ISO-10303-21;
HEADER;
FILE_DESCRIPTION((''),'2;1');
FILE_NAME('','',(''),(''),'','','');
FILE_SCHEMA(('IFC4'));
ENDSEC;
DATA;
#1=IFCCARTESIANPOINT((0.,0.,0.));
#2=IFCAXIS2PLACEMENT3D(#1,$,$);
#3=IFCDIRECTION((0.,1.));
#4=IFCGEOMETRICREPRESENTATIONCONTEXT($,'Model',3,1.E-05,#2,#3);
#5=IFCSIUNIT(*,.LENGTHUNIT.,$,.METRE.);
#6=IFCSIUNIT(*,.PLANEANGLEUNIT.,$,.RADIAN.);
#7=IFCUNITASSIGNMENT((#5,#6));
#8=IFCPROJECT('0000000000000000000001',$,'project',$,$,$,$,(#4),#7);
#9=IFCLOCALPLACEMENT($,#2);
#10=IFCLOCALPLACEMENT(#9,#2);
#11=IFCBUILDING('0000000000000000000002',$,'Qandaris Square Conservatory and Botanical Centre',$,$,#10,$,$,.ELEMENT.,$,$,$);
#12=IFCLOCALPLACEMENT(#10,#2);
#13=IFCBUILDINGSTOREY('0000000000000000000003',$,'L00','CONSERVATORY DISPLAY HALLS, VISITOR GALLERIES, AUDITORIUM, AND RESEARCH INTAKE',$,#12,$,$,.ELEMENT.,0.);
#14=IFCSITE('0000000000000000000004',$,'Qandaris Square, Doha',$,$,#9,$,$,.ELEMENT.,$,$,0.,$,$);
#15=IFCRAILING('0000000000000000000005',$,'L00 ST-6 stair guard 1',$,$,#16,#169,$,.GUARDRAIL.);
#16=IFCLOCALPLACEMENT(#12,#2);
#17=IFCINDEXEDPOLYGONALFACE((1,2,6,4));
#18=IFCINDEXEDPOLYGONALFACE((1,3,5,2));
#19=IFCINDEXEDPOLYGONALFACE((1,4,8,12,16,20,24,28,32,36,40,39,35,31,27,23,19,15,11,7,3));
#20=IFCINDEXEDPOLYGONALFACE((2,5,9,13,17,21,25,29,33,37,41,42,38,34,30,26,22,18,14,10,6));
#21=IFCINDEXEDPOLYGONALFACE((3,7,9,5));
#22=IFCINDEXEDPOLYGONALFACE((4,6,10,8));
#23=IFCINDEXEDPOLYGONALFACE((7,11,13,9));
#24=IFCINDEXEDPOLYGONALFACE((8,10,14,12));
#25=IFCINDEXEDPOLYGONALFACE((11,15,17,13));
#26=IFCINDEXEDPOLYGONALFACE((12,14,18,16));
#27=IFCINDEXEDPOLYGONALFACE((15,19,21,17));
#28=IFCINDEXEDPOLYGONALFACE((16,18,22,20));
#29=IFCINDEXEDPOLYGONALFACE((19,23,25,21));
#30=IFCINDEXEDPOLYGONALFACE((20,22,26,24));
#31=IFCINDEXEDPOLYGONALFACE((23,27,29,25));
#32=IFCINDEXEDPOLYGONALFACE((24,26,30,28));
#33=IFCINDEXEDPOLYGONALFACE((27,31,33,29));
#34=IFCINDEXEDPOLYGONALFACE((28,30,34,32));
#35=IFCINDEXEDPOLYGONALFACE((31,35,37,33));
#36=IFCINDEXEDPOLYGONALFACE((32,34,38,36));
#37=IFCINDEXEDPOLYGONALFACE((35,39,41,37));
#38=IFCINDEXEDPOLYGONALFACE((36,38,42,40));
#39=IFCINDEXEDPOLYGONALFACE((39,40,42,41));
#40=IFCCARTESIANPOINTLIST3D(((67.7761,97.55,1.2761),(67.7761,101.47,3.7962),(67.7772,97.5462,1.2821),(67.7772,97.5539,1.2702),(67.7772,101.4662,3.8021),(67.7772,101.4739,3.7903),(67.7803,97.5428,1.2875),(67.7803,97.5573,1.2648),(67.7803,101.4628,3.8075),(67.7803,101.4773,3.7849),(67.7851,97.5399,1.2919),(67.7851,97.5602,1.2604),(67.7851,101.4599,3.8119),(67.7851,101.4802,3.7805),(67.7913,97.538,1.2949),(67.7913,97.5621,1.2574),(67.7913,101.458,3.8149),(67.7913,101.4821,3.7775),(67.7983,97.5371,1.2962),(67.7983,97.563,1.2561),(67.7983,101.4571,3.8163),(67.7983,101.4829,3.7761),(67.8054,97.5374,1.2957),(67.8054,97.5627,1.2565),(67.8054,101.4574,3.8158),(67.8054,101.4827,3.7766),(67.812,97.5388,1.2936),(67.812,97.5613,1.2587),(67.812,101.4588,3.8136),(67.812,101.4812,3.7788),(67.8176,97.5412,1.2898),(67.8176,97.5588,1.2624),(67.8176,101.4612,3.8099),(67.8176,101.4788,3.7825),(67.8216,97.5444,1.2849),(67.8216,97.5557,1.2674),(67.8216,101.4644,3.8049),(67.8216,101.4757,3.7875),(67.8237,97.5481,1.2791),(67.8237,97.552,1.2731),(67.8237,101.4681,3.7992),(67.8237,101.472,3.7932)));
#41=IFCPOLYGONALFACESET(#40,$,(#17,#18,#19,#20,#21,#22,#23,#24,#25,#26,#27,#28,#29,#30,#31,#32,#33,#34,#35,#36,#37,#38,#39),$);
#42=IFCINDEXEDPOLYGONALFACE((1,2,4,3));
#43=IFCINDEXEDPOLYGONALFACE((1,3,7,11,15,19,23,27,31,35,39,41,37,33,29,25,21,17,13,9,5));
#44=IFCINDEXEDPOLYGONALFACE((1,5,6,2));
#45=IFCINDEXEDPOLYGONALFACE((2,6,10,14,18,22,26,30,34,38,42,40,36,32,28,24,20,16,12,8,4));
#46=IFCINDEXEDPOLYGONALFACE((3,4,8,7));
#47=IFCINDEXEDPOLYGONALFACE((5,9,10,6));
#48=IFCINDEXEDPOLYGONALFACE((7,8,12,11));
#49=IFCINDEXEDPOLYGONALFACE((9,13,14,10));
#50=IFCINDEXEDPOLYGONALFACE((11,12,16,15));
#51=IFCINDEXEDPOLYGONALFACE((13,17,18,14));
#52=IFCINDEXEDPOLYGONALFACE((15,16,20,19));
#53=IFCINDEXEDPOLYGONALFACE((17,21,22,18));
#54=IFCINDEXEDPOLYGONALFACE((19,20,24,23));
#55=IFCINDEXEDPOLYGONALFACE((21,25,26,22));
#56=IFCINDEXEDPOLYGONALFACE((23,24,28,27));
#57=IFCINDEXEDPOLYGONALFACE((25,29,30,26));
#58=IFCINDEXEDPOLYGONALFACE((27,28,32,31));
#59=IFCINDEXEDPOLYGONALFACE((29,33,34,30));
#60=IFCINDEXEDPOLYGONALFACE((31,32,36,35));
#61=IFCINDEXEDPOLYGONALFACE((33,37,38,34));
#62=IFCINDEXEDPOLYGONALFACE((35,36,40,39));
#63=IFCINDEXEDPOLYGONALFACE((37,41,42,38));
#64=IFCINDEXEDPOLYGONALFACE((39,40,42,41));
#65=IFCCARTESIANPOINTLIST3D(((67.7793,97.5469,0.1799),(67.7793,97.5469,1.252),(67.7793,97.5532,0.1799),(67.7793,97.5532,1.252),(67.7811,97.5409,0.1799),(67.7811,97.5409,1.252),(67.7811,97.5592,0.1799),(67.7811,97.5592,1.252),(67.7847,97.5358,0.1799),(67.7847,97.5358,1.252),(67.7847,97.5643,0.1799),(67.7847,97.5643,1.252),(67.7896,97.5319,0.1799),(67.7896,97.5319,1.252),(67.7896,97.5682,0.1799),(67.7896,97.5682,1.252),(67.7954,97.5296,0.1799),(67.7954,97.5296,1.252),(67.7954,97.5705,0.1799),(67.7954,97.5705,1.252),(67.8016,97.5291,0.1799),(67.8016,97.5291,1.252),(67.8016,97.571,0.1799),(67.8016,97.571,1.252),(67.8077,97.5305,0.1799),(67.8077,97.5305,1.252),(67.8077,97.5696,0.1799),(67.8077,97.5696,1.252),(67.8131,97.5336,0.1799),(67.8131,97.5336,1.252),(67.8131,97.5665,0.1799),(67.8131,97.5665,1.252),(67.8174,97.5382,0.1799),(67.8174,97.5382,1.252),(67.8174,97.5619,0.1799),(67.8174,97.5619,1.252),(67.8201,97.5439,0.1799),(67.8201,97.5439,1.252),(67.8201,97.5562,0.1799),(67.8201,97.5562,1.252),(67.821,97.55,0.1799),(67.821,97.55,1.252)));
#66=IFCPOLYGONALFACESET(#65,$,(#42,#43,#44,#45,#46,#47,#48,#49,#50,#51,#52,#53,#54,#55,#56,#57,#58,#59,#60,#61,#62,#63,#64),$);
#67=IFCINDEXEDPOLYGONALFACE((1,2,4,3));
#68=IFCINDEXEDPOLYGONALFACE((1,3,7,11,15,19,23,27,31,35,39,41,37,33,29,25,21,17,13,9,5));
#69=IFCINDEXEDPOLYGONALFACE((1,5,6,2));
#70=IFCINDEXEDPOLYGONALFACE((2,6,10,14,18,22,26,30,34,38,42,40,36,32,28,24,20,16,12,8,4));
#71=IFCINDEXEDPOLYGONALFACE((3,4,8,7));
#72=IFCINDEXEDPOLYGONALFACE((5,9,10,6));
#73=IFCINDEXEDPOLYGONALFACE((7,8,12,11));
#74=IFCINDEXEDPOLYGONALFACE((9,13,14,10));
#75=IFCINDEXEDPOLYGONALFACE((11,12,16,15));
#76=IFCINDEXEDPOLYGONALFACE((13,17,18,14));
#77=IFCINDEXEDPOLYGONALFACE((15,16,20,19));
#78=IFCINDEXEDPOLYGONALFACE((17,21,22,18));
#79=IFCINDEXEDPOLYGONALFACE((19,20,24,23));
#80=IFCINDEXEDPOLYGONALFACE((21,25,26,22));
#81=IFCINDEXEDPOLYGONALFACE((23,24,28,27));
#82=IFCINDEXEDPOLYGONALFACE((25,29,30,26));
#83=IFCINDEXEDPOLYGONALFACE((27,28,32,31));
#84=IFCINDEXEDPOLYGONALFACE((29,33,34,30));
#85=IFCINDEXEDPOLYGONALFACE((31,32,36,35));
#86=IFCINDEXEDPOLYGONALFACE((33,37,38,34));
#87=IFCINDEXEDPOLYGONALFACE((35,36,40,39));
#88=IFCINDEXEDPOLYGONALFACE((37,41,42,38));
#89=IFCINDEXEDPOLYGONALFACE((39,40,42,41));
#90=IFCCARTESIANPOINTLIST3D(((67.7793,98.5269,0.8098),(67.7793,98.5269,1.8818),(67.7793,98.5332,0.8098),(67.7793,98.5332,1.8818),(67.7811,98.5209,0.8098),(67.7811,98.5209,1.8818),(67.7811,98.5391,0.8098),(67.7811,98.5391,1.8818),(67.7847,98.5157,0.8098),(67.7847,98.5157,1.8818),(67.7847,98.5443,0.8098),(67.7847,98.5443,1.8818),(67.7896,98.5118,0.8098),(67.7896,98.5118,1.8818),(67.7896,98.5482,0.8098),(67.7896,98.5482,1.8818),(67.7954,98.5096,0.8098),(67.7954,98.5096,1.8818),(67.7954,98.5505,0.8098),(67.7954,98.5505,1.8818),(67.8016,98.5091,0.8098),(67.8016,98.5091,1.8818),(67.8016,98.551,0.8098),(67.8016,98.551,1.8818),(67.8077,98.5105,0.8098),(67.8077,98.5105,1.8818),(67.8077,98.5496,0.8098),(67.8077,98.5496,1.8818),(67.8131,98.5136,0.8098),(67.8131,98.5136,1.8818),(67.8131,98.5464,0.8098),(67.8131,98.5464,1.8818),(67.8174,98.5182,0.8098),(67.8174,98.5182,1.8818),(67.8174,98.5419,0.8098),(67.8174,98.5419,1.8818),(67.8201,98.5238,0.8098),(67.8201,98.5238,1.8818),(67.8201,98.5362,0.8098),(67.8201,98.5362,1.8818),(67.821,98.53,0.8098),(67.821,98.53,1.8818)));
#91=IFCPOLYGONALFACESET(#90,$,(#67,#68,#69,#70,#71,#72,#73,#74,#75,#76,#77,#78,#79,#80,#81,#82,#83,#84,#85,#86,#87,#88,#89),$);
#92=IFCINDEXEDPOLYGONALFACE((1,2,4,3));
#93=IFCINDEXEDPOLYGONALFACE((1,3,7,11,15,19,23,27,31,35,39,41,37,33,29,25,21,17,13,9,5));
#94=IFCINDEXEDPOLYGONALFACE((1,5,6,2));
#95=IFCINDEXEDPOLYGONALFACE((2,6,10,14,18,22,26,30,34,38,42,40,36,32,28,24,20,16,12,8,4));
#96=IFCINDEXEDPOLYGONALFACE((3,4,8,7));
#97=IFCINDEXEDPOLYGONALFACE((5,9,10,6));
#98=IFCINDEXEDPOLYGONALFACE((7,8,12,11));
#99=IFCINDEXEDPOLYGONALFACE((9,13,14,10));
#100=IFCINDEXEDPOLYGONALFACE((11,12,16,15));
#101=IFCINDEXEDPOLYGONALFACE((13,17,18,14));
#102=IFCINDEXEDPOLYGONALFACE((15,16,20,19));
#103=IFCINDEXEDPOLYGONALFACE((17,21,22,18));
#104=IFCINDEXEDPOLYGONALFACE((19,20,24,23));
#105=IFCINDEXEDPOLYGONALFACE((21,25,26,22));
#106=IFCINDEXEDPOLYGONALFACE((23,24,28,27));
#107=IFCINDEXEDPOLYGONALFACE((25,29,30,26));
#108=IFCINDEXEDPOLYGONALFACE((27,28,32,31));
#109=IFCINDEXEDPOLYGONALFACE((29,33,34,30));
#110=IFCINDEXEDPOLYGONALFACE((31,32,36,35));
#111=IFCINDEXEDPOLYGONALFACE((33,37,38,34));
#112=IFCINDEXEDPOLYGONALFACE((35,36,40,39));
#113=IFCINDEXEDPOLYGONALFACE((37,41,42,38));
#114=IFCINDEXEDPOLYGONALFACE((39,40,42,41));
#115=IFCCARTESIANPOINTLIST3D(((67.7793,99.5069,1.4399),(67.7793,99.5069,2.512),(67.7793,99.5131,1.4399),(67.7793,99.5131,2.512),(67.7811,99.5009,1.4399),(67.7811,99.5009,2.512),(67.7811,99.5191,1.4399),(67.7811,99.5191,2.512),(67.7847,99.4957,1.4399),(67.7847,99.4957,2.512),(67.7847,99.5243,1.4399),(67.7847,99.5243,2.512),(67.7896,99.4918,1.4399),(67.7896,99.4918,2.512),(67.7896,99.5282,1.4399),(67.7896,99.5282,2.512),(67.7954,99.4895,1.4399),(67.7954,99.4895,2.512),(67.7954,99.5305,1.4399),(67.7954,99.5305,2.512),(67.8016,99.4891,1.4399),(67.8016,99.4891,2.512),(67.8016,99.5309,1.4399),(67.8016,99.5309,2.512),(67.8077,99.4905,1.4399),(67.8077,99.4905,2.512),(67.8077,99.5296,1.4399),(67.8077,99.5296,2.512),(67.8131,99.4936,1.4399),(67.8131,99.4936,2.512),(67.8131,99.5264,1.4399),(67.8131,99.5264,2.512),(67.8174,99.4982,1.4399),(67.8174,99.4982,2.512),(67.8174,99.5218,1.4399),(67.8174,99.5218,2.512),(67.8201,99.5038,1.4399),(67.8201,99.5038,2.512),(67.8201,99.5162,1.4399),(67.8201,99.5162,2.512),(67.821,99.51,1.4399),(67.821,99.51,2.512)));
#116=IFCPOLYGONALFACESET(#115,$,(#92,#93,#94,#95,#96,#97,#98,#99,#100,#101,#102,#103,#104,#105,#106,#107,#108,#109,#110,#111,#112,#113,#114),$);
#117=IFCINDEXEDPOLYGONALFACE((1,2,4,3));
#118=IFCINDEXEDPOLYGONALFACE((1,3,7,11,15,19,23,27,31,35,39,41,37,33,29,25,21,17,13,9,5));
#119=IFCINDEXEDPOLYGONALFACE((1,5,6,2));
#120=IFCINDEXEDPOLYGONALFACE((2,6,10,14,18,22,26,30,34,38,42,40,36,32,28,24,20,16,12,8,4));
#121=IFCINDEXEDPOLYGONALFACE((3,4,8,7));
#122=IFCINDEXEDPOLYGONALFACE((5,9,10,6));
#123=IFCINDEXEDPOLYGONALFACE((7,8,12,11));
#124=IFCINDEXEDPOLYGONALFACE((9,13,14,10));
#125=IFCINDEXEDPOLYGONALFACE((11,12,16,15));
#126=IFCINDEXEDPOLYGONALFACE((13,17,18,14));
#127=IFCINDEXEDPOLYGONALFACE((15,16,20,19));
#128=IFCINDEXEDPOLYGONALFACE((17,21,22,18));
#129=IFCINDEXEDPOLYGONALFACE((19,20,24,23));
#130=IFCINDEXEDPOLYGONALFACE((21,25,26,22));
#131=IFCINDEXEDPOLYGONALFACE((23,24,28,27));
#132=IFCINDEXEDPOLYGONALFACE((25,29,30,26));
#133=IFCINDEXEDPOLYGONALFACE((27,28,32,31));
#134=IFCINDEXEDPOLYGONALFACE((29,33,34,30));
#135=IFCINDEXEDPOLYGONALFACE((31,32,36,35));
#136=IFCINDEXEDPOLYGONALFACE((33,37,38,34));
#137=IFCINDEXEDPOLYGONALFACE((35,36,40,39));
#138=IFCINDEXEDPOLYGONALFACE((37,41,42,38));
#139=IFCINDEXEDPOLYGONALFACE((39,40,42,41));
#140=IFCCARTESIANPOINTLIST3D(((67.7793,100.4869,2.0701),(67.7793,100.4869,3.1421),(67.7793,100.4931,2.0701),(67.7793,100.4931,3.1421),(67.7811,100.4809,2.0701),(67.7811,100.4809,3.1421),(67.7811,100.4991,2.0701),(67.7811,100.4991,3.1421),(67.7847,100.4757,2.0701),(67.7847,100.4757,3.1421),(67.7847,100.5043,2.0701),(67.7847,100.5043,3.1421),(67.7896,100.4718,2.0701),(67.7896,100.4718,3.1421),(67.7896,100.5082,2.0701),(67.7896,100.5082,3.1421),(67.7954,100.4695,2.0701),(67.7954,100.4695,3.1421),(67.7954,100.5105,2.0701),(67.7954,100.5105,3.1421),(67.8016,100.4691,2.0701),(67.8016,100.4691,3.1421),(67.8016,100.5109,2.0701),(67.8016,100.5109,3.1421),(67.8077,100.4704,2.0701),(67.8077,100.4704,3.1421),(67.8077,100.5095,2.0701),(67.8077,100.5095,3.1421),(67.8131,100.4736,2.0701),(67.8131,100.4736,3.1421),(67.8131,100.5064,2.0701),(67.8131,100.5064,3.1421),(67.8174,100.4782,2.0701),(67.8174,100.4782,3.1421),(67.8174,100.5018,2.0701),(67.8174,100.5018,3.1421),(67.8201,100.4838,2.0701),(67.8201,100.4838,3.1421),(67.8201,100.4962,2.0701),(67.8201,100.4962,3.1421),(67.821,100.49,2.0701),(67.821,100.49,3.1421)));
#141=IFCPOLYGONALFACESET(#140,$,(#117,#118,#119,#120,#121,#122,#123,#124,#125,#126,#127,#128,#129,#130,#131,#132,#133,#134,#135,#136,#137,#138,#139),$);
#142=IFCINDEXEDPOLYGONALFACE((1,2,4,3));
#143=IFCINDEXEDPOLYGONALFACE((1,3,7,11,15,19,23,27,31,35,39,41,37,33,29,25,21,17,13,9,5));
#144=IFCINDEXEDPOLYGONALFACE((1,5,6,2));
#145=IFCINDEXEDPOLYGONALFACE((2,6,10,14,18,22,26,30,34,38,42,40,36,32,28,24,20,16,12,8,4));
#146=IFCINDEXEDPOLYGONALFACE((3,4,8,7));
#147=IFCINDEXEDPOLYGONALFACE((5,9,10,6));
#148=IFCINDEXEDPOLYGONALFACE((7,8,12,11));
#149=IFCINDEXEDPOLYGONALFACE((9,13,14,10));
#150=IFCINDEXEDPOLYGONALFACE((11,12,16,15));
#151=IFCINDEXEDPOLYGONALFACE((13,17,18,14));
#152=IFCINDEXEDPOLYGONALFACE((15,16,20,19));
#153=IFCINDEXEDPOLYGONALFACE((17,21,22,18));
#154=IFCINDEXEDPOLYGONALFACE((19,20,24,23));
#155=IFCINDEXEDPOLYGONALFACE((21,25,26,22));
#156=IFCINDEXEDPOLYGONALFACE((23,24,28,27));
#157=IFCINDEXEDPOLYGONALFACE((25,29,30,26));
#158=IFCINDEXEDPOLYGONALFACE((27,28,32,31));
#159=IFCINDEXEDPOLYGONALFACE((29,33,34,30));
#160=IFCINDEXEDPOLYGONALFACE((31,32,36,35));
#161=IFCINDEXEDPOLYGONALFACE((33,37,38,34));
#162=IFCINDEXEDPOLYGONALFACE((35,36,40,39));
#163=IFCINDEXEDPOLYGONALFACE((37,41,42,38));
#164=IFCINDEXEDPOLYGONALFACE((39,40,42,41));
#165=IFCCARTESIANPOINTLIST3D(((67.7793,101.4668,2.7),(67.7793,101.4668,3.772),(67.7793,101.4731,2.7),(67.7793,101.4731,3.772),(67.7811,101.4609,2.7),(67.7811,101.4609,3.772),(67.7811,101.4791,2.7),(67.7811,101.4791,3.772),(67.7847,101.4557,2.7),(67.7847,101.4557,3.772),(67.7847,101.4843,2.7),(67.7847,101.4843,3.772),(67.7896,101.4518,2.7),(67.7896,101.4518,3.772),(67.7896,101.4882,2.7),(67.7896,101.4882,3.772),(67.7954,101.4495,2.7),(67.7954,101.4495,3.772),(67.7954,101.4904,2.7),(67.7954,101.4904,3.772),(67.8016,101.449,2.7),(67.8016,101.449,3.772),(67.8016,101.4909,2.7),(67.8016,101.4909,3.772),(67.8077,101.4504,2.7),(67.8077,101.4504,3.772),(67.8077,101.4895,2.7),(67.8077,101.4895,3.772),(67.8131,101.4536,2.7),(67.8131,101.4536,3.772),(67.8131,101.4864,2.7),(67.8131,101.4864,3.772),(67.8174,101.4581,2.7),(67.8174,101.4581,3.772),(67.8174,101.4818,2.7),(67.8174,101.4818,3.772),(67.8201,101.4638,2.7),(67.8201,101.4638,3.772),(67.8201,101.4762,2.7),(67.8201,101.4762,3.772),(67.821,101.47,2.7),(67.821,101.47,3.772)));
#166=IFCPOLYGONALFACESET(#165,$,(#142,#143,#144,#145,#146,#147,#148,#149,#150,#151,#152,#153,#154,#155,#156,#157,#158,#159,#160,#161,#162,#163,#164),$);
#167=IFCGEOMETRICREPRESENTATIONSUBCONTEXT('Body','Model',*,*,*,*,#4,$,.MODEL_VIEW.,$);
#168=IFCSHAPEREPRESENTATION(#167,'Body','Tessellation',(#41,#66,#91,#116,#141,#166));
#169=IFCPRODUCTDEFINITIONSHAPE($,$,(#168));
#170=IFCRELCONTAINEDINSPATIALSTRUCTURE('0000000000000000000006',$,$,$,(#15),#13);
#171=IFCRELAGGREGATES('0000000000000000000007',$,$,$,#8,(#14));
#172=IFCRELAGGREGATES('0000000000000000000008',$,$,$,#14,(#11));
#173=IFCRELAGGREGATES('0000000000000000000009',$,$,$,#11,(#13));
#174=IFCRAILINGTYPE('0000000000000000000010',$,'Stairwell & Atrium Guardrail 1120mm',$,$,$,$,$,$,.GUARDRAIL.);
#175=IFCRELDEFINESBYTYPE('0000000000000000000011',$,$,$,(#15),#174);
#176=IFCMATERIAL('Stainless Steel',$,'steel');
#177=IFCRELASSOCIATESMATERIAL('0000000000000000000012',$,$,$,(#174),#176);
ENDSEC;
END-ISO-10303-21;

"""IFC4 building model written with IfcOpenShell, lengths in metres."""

from ifc_helpers import new_model, si_unit, direction, frame, origin, origin_2d, place, context, subcontext, project, spatial, circle, extrude, material, type_object, element, save


model = new_model("IFC4")

# Units and contexts
model_context = context("Model", 3, precision=1e-05, world=origin(), true_north=direction((0.0, 1.0)))
body_context = subcontext(model_context, "Body", "Model", "MODEL_VIEW")
ifc_project = project(units=[si_unit("LENGTHUNIT", "METRE"), si_unit("PLANEANGLEUNIT", "RADIAN")], contexts=[model_context])

# Site, building, storey
site_placement = place(None, origin())
site = spatial("IfcSite", under=ifc_project, at=site_placement, Name="Qandaris Square, Doha", CompositionType="ELEMENT", RefElevation=0.0)
building_placement = place(site_placement, origin())
building = spatial("IfcBuilding", under=site, at=building_placement, Name="Qandaris Square Conservatory and Botanical Centre", CompositionType="ELEMENT")
storey_placement = place(building_placement, origin())
storey = spatial("IfcBuildingStorey", under=building, at=storey_placement, Name="L00", Description="CONSERVATORY DISPLAY HALLS, VISITOR GALLERIES, AUDITORIUM, AND RESEARCH INTAKE", CompositionType="ELEMENT", Elevation=0.0)

# Railing
ifc_material_1 = material(Name="Stainless Steel", Category="steel")
railing_type_1 = type_object("IfcRailingType", Name="Stairwell & Atrium Guardrail 1120mm", PredefinedType="GUARDRAIL", material=ifc_material_1)
railing_1_placement = place(storey_placement, frame((67.8, 97.55, 0.1799)))
element("IfcRailing", 1, at=railing_1_placement, inside=storey, type_object=railing_type_1, Name="L00 ST-6 stair guard 1", PredefinedType="GUARDRAIL", context=body_context, shape_type="SweptSolid", body=[
    extrude(circle(Radius=0.0239, at=origin_2d()), frame((0.0, 0.0, 1.0962), z_axis=(0.0, 0.841172, 0.540768), x_axis=(-1.0, 0.0, 0.0)), (0.0, 0.0, 1.0), 4.6602),
    extrude(circle(Radius=0.021, at=origin_2d()), origin(), (0.0, 0.0, 1.0), 1.072),
    extrude(circle(Radius=0.021, at=origin_2d()), frame((0.0, 0.98, 0.6299)), (0.0, 0.0, 1.0), 1.072),
    extrude(circle(Radius=0.021, at=origin_2d()), frame((0.0, 1.96, 1.26)), (0.0, 0.0, 1.0), 1.072),
    extrude(circle(Radius=0.021, at=origin_2d()), frame((0.0, 2.9399, 1.8901)), (0.0, 0.0, 1.0), 1.072),
    extrude(circle(Radius=0.021, at=origin_2d()), frame((0.0, 3.9199, 2.52)), (0.0, 0.0, 1.0), 1.072),
])

save(model, "model.ifc")
